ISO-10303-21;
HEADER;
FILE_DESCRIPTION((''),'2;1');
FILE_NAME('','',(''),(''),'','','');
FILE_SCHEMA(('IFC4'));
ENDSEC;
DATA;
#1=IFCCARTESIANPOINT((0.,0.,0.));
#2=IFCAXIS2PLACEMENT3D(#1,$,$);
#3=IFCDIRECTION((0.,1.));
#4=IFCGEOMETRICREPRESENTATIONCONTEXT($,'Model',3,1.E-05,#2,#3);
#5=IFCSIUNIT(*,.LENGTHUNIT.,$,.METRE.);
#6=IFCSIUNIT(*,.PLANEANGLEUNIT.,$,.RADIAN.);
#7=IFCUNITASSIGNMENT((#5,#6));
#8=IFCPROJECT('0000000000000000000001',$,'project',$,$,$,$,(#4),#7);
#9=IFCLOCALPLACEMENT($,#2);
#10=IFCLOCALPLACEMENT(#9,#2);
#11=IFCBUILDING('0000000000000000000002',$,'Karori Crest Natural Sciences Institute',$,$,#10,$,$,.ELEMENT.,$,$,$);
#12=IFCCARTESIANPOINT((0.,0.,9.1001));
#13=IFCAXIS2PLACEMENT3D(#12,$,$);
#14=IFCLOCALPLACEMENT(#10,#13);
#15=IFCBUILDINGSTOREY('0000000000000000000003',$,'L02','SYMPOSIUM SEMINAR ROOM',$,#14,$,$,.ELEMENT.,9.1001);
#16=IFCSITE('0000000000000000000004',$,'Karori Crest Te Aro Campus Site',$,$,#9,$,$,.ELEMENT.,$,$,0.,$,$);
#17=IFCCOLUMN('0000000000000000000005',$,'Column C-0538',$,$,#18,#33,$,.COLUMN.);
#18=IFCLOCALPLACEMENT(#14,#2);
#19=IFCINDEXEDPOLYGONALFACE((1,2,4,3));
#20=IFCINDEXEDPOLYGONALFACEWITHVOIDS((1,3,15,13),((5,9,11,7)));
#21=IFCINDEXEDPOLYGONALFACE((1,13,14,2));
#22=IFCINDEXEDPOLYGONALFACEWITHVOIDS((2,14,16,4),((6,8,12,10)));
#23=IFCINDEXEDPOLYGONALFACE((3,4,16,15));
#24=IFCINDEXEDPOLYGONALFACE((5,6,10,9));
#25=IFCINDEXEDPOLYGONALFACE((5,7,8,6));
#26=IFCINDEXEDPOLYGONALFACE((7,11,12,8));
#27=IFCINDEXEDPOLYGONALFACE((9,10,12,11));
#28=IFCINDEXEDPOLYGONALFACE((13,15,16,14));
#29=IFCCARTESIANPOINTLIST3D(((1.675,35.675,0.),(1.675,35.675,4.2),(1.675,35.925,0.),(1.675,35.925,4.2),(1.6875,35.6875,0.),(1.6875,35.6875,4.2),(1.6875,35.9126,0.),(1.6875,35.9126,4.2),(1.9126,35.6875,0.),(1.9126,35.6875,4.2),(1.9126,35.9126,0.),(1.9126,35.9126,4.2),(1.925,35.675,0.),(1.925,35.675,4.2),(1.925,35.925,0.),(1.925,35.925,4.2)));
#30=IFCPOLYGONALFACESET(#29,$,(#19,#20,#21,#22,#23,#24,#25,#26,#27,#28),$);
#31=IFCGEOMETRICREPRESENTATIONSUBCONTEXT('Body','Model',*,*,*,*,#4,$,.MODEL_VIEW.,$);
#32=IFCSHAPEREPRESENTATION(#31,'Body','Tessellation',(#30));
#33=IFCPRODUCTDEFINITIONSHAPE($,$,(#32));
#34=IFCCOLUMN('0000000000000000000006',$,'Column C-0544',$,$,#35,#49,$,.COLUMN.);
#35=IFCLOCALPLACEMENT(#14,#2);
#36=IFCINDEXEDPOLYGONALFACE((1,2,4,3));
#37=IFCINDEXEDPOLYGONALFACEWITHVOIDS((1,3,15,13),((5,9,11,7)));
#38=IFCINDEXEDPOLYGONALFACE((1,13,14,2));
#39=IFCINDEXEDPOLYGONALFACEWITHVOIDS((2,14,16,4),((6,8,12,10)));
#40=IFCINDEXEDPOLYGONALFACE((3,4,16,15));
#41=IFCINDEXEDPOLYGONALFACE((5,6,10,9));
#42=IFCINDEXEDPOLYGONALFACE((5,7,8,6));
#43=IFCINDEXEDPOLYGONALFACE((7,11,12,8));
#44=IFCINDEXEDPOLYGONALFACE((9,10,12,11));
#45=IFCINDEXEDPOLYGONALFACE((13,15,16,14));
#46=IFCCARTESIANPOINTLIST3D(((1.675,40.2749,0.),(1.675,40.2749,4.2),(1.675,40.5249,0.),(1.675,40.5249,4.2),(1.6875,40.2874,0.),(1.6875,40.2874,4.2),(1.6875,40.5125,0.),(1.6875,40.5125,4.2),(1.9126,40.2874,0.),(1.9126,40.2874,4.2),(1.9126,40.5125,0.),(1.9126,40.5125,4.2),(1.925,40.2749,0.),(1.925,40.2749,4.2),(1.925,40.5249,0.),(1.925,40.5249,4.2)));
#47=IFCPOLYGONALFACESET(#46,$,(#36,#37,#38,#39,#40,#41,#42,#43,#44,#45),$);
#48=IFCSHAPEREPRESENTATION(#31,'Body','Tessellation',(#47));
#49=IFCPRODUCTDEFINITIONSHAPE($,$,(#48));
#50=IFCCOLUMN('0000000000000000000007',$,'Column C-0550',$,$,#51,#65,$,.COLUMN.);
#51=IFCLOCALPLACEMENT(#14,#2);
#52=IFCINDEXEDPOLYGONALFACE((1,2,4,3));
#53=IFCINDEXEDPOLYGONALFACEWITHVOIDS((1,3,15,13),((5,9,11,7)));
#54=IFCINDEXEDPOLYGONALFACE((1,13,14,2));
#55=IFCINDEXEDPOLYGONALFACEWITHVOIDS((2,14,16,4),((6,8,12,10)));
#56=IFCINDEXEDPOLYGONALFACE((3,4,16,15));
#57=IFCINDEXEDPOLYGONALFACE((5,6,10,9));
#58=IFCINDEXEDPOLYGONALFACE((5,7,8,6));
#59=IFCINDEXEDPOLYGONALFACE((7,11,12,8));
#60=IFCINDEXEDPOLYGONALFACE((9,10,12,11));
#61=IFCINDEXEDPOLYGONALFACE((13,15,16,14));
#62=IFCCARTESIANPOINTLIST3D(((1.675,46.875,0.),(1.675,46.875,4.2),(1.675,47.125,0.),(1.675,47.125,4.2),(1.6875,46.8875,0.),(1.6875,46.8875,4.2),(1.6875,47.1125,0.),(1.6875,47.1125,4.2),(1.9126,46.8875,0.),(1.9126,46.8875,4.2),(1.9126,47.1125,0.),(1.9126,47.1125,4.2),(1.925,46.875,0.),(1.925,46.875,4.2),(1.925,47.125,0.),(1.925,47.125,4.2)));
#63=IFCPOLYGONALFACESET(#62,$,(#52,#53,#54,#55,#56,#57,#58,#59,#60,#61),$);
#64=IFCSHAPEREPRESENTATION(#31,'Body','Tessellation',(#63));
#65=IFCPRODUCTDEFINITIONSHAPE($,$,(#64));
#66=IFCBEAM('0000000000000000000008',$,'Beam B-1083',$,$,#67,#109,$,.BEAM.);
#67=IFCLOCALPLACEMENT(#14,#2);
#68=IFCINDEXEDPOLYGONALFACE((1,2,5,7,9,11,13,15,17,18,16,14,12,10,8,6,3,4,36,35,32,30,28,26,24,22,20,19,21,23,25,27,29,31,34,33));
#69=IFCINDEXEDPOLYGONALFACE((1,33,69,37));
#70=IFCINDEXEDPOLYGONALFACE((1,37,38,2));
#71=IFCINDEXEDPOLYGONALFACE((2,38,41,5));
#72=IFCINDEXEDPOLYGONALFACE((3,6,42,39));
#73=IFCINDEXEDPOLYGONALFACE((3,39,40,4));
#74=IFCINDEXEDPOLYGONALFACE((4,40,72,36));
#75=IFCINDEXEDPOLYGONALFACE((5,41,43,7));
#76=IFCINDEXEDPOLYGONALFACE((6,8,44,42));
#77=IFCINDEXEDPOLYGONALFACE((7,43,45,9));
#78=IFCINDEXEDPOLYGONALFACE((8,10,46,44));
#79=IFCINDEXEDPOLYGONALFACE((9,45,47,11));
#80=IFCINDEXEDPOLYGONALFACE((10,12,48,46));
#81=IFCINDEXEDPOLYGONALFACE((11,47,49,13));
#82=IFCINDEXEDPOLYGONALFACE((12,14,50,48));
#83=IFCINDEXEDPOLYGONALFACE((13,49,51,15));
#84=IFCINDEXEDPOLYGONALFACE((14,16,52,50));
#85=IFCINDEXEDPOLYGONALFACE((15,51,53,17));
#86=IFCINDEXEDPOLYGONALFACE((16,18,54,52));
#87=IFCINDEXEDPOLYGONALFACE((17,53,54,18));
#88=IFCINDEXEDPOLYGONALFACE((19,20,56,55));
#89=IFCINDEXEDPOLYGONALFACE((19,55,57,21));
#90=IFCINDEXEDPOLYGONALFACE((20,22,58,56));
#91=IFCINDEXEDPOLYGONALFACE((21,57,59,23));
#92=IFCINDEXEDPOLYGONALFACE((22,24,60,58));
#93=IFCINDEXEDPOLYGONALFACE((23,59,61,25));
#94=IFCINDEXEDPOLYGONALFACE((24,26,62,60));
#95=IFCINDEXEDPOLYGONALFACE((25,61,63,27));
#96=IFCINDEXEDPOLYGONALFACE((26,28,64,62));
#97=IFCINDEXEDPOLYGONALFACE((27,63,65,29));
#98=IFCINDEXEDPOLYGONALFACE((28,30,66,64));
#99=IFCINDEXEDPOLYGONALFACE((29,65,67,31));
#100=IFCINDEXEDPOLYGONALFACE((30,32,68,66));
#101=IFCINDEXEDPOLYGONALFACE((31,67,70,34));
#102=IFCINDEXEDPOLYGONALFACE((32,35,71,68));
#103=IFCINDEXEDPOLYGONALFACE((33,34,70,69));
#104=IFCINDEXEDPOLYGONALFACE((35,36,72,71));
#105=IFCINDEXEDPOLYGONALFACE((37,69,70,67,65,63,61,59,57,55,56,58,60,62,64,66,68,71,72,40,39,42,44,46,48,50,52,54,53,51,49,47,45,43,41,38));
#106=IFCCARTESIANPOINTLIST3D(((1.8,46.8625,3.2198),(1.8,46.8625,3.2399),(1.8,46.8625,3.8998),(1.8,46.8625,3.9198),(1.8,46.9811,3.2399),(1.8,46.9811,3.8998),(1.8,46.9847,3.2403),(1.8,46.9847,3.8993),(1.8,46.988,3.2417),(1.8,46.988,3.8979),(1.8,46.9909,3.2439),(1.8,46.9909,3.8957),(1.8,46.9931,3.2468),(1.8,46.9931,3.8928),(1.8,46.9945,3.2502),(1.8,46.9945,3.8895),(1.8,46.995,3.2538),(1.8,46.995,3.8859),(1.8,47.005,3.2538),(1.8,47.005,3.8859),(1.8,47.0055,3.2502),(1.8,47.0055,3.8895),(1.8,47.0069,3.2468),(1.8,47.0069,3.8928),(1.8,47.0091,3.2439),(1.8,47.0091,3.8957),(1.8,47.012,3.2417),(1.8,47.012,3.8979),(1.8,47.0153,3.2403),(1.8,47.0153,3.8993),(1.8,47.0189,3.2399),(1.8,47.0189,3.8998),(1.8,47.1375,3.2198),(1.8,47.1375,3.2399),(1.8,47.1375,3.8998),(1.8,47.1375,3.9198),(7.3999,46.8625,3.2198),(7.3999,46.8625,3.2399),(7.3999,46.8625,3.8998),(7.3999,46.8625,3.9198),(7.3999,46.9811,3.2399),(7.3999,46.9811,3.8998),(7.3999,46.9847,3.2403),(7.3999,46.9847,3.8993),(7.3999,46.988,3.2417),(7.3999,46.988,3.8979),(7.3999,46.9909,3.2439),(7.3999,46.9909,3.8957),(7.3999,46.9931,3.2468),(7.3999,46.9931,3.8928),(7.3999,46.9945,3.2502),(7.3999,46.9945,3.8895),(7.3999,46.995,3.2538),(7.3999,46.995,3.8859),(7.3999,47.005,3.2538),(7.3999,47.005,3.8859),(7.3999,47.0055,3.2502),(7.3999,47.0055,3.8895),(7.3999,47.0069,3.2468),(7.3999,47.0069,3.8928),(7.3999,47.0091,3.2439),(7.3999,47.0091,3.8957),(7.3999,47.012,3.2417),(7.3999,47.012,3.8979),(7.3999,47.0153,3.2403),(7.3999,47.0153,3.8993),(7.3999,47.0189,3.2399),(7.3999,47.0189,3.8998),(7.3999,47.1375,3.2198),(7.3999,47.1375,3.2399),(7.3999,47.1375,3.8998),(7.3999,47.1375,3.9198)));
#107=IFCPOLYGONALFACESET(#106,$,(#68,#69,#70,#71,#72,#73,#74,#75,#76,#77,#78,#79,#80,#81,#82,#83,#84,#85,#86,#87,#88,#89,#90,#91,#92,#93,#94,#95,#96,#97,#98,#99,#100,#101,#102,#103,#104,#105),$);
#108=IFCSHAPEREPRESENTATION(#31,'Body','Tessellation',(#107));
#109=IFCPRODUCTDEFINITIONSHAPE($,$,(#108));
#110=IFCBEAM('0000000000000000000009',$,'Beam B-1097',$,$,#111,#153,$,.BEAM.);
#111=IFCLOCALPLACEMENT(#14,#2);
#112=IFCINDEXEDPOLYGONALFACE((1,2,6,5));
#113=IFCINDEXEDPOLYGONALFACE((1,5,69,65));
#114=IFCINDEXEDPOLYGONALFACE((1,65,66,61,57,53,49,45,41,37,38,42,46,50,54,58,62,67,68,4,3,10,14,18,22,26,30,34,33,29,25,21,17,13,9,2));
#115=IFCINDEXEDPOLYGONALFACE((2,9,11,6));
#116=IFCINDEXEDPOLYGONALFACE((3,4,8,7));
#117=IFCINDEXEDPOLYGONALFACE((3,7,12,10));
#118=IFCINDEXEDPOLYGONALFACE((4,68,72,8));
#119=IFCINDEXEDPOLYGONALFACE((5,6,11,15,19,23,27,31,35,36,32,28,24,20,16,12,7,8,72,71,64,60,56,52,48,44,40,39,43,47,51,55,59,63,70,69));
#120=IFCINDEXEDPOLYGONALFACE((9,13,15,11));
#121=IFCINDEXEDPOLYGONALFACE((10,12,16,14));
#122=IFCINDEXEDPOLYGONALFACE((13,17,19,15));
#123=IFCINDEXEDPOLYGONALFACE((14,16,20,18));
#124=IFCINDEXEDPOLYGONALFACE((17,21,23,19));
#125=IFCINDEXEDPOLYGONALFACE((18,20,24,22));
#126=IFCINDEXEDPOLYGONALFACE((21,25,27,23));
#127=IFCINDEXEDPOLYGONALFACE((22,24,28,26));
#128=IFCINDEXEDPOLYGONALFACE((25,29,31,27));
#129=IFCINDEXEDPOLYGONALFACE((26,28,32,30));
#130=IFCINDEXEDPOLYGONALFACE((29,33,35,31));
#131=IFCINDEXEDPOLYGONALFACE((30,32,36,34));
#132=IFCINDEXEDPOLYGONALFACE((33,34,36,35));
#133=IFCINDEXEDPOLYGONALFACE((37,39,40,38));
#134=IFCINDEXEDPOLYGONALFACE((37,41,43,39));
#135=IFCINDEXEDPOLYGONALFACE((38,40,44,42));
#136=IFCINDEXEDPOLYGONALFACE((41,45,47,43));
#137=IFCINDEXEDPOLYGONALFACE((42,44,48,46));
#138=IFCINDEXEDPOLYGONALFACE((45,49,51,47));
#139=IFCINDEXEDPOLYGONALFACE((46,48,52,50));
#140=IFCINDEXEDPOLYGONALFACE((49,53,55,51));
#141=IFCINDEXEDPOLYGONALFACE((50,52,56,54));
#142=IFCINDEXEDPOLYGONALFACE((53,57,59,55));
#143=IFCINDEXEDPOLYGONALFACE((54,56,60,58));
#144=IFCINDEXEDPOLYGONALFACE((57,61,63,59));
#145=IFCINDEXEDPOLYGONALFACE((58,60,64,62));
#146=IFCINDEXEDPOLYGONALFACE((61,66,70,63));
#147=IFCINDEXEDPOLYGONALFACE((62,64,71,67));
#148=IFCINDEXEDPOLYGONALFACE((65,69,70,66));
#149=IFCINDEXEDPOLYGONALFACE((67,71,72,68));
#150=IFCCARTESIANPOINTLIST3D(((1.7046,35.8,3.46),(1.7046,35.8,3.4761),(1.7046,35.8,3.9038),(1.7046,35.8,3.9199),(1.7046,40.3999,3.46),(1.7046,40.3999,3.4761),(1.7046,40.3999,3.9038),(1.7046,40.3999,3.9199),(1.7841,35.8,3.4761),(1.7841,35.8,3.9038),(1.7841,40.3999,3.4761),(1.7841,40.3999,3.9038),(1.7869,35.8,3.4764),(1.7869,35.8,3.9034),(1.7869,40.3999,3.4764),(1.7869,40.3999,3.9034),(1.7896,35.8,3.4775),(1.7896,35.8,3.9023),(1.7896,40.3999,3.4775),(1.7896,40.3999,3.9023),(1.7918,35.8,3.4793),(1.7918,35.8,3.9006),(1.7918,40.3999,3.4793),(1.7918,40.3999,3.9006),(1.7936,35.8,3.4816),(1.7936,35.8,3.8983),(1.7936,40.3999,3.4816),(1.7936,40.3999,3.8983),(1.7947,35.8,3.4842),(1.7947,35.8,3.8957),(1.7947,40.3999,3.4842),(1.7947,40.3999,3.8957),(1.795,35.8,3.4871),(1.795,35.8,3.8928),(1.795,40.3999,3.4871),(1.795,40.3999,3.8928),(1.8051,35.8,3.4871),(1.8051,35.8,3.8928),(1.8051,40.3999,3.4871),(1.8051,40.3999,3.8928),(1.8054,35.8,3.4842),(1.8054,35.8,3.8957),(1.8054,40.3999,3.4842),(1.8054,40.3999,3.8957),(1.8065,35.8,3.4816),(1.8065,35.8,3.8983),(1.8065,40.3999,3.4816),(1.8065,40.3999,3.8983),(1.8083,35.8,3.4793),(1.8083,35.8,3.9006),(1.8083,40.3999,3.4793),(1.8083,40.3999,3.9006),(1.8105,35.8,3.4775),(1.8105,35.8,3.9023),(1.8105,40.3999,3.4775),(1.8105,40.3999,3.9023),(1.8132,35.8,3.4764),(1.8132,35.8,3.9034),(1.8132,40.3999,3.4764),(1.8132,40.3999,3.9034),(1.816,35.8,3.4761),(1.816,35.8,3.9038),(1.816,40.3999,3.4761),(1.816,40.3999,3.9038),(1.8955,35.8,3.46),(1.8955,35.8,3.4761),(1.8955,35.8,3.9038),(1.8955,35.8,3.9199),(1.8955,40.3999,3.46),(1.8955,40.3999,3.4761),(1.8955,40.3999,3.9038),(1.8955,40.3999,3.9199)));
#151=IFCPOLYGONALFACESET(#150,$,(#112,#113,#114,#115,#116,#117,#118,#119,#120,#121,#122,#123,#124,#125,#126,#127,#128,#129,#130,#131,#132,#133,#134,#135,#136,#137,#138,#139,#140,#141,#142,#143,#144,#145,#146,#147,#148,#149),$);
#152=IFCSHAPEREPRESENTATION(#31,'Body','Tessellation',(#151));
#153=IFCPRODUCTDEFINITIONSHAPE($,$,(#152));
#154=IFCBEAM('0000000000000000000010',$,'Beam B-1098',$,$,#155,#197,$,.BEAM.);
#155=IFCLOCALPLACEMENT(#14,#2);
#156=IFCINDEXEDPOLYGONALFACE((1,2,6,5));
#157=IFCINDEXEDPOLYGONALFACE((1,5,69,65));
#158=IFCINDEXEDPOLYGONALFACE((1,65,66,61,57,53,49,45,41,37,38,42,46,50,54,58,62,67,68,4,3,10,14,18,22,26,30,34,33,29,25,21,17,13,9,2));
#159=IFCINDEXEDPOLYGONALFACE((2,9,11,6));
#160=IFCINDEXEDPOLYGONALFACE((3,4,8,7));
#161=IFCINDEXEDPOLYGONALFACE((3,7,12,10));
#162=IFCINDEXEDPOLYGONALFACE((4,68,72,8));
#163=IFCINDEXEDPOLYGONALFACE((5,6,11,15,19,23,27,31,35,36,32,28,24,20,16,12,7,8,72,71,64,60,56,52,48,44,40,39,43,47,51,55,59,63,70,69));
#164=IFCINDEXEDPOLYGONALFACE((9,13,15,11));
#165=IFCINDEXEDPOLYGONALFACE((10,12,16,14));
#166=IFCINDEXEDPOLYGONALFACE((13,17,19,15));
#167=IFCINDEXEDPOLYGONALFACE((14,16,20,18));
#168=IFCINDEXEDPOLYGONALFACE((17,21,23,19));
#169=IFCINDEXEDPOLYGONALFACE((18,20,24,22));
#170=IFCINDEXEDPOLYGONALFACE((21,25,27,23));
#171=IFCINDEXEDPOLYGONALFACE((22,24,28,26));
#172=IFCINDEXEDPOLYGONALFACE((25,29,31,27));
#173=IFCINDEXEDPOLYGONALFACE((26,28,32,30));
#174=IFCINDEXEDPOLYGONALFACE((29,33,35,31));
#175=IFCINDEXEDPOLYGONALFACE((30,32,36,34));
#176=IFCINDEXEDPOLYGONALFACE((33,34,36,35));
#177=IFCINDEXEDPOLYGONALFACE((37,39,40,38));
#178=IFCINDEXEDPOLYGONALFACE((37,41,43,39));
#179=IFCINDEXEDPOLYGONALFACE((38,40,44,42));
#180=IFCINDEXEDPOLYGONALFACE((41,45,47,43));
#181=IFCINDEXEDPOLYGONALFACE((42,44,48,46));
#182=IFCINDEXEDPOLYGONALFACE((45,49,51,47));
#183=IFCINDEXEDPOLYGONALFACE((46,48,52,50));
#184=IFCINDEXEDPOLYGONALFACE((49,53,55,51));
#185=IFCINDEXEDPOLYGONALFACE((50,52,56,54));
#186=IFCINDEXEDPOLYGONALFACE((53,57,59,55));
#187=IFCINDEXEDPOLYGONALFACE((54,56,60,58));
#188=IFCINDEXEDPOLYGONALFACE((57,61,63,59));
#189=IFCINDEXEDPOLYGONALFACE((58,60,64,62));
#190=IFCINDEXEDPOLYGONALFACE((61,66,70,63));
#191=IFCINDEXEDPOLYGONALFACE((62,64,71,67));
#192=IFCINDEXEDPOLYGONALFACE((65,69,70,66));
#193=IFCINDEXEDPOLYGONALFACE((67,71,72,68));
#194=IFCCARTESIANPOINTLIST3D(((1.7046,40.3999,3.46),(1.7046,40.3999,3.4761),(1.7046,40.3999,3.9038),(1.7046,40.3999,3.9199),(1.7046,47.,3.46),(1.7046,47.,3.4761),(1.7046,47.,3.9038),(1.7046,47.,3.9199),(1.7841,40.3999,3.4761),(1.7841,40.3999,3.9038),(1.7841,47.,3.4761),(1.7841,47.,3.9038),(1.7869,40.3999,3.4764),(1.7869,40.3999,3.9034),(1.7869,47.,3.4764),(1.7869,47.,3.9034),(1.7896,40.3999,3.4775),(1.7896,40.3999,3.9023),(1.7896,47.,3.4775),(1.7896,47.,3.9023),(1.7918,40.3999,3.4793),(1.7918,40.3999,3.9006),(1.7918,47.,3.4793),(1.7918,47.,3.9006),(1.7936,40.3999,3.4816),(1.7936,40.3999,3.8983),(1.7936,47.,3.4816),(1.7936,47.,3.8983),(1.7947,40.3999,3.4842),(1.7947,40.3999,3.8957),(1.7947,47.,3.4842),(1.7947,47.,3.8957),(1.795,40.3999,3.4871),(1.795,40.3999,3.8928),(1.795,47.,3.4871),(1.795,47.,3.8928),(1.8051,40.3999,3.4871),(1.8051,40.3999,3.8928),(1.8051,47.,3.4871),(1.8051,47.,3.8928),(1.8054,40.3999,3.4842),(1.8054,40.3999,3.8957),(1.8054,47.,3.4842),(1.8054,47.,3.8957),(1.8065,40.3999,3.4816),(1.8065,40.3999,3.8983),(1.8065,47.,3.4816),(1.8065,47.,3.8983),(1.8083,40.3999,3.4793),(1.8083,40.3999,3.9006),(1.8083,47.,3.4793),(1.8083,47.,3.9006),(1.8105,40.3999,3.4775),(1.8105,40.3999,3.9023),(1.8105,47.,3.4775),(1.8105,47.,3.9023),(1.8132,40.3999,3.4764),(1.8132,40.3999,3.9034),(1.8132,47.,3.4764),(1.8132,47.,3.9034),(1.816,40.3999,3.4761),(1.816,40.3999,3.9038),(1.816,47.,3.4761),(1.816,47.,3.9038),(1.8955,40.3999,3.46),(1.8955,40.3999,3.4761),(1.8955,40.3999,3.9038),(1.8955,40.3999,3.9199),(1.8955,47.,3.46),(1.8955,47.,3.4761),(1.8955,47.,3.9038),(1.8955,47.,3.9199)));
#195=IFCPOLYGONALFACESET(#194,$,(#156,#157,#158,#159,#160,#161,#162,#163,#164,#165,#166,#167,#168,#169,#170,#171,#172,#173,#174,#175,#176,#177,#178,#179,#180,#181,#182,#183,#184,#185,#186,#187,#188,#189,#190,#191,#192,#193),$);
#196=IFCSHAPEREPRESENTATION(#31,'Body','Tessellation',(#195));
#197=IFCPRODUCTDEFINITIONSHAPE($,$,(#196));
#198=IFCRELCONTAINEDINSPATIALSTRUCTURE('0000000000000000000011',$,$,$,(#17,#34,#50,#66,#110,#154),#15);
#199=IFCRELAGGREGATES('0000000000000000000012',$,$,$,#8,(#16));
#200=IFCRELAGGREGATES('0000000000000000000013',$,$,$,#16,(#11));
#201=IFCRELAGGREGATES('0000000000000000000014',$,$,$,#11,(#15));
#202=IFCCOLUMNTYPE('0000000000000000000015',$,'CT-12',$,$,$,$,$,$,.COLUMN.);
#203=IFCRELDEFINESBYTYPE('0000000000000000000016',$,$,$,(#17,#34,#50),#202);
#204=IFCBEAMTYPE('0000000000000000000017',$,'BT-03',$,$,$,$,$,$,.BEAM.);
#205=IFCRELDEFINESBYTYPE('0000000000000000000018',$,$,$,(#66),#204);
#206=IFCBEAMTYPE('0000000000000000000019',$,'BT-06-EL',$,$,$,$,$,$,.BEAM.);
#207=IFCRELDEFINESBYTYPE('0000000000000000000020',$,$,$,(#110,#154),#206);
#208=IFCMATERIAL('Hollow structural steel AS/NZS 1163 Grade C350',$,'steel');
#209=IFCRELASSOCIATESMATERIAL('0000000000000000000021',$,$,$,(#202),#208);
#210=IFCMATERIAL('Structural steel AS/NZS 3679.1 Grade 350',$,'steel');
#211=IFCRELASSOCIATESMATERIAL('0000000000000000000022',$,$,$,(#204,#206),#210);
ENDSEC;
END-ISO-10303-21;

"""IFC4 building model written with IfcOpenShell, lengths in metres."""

from ifc_helpers import new_model, si_unit, direction, frame, origin, origin_2d, place, context, subcontext, project, spatial, hollow_rectangle, i_section, extrude, material, material_profile, profile_set, type_object, element, save


model = new_model("IFC4")

# Units and contexts
model_context = context("Model", 3, precision=1e-05, world=origin(), true_north=direction((0.0, 1.0)))
body_context = subcontext(model_context, "Body", "Model", "MODEL_VIEW")
ifc_project = project(units=[si_unit("LENGTHUNIT", "METRE"), si_unit("PLANEANGLEUNIT", "RADIAN")], contexts=[model_context])

# Site, building, storey
site_placement = place(None, origin())
site = spatial("IfcSite", under=ifc_project, at=site_placement, Name="Karori Crest Te Aro Campus Site", CompositionType="ELEMENT", RefElevation=0.0)
building_placement = place(site_placement, origin())
building = spatial("IfcBuilding", under=site, at=building_placement, Name="Karori Crest Natural Sciences Institute", CompositionType="ELEMENT")
storey_placement = place(building_placement, frame((0.0, 0.0, 9.1001)))
storey = spatial("IfcBuildingStorey", under=building, at=storey_placement, Name="L02", Description="SYMPOSIUM SEMINAR ROOM", CompositionType="ELEMENT", Elevation=9.1001)

# Columns
ifc_material_1 = material(Name="Hollow structural steel AS/NZS 1163 Grade C350", Category="steel")
ifc_material_profile_1 = material_profile(ifc_material_1, hollow_rectangle(XDim=0.25, YDim=0.25, WallThickness=0.0125, at=origin_2d()), Name="SHS250x250x12.5")
ifc_profile_set_1 = profile_set([ifc_material_profile_1], Name="Hollow structural steel AS/NZS 1163 Grade C350")
column_type = type_object("IfcColumnType", Name="CT-12", PredefinedType="COLUMN", material=ifc_profile_set_1)
for number, where, z_axis, x_axis, name in (
    (1, (1.8, 35.8, 0.0), (0.0, 0.0, 1.0), (1.0, 0.0, 0.0), "Column C-0538"),
    (2, (1.8, 40.3999, 0.0), (0.0, 0.0, 1.0), (1.0, 0.0, 0.0), "Column C-0544"),
    (3, (1.8, 47.0, 0.0), (0.0, 0.0, 1.0), (1.0, 0.0, 0.0), "Column C-0550"),
):
    element("IfcColumn", number, at=place(storey_placement, frame(where, z_axis=z_axis, x_axis=x_axis)), inside=storey, type_object=column_type, Name=name, PredefinedType="COLUMN", context=body_context, shape_type="SweptSolid", body=[
        extrude(hollow_rectangle(XDim=0.25, YDim=0.25, WallThickness=0.0125, at=origin_2d()), origin(), (0.0, 0.0, 1.0), 4.2),
    ])

# Beams
ifc_material_2 = material(Name="Structural steel AS/NZS 3679.1 Grade 350", Category="steel")
ifc_material_profile_2 = material_profile(ifc_material_2, i_section(OverallWidth=0.2749, OverallDepth=0.7, WebThickness=0.01, FlangeThickness=0.02, FilletRadius=0.0139, at=origin_2d()), Name="700WB150")
ifc_profile_set_2 = profile_set([ifc_material_profile_2], Name="Structural steel AS/NZS 3679.1 Grade 350")
beam_type_1 = type_object("IfcBeamType", Name="BT-03", PredefinedType="BEAM", material=ifc_profile_set_2)
beam_1_placement = place(storey_placement, frame((1.8, 47.0, 3.5698), z_axis=(1.0, 0.0, 0.0), x_axis=(0.0, 1.0, 0.0)))
element("IfcBeam", 4, at=beam_1_placement, inside=storey, type_object=beam_type_1, Name="Beam B-1083", PredefinedType="BEAM", context=body_context, shape_type="SweptSolid", body=[
    extrude(i_section(OverallWidth=0.2749, OverallDepth=0.7, WebThickness=0.01, FlangeThickness=0.02, FilletRadius=0.0139, at=origin_2d()), origin(), (0.0, 0.0, 1.0), 5.5999),
])
ifc_material_profile_3 = material_profile(ifc_material_2, i_section(OverallWidth=0.1909, OverallDepth=0.46, WebThickness=0.01, FlangeThickness=0.0161, FilletRadius=0.011, at=origin_2d()), Name="460UB82.1")
ifc_profile_set_3 = profile_set([ifc_material_profile_3], Name="Structural steel AS/NZS 3679.1 Grade 350")
beam_type_2 = type_object("IfcBeamType", Name="BT-06-EL", PredefinedType="BEAM", material=ifc_profile_set_3)
beam_2_placement = place(storey_placement, frame((1.8, 35.8, 3.6899), z_axis=(0.0, 1.0, 0.0), x_axis=(-1.0, 0.0, 0.0)))
element("IfcBeam", 5, at=beam_2_placement, inside=storey, type_object=beam_type_2, Name="Beam B-1097", PredefinedType="BEAM", context=body_context, shape_type="SweptSolid", body=[
    extrude(i_section(OverallWidth=0.1909, OverallDepth=0.46, WebThickness=0.01, FlangeThickness=0.0161, FilletRadius=0.011, at=origin_2d()), origin(), (0.0, 0.0, 1.0), 4.5999),
])
beam_3_placement = place(storey_placement, frame((1.8, 40.3999, 3.6899), z_axis=(0.0, 1.0, 0.0), x_axis=(-1.0, 0.0, 0.0)))
element("IfcBeam", 6, at=beam_3_placement, inside=storey, type_object=beam_type_2, Name="Beam B-1098", PredefinedType="BEAM", context=body_context, shape_type="SweptSolid", body=[
    extrude(i_section(OverallWidth=0.1909, OverallDepth=0.46, WebThickness=0.01, FlangeThickness=0.0161, FilletRadius=0.011, at=origin_2d()), origin(), (0.0, 0.0, 1.0), 6.6001),
])

save(model, "model.ifc")
